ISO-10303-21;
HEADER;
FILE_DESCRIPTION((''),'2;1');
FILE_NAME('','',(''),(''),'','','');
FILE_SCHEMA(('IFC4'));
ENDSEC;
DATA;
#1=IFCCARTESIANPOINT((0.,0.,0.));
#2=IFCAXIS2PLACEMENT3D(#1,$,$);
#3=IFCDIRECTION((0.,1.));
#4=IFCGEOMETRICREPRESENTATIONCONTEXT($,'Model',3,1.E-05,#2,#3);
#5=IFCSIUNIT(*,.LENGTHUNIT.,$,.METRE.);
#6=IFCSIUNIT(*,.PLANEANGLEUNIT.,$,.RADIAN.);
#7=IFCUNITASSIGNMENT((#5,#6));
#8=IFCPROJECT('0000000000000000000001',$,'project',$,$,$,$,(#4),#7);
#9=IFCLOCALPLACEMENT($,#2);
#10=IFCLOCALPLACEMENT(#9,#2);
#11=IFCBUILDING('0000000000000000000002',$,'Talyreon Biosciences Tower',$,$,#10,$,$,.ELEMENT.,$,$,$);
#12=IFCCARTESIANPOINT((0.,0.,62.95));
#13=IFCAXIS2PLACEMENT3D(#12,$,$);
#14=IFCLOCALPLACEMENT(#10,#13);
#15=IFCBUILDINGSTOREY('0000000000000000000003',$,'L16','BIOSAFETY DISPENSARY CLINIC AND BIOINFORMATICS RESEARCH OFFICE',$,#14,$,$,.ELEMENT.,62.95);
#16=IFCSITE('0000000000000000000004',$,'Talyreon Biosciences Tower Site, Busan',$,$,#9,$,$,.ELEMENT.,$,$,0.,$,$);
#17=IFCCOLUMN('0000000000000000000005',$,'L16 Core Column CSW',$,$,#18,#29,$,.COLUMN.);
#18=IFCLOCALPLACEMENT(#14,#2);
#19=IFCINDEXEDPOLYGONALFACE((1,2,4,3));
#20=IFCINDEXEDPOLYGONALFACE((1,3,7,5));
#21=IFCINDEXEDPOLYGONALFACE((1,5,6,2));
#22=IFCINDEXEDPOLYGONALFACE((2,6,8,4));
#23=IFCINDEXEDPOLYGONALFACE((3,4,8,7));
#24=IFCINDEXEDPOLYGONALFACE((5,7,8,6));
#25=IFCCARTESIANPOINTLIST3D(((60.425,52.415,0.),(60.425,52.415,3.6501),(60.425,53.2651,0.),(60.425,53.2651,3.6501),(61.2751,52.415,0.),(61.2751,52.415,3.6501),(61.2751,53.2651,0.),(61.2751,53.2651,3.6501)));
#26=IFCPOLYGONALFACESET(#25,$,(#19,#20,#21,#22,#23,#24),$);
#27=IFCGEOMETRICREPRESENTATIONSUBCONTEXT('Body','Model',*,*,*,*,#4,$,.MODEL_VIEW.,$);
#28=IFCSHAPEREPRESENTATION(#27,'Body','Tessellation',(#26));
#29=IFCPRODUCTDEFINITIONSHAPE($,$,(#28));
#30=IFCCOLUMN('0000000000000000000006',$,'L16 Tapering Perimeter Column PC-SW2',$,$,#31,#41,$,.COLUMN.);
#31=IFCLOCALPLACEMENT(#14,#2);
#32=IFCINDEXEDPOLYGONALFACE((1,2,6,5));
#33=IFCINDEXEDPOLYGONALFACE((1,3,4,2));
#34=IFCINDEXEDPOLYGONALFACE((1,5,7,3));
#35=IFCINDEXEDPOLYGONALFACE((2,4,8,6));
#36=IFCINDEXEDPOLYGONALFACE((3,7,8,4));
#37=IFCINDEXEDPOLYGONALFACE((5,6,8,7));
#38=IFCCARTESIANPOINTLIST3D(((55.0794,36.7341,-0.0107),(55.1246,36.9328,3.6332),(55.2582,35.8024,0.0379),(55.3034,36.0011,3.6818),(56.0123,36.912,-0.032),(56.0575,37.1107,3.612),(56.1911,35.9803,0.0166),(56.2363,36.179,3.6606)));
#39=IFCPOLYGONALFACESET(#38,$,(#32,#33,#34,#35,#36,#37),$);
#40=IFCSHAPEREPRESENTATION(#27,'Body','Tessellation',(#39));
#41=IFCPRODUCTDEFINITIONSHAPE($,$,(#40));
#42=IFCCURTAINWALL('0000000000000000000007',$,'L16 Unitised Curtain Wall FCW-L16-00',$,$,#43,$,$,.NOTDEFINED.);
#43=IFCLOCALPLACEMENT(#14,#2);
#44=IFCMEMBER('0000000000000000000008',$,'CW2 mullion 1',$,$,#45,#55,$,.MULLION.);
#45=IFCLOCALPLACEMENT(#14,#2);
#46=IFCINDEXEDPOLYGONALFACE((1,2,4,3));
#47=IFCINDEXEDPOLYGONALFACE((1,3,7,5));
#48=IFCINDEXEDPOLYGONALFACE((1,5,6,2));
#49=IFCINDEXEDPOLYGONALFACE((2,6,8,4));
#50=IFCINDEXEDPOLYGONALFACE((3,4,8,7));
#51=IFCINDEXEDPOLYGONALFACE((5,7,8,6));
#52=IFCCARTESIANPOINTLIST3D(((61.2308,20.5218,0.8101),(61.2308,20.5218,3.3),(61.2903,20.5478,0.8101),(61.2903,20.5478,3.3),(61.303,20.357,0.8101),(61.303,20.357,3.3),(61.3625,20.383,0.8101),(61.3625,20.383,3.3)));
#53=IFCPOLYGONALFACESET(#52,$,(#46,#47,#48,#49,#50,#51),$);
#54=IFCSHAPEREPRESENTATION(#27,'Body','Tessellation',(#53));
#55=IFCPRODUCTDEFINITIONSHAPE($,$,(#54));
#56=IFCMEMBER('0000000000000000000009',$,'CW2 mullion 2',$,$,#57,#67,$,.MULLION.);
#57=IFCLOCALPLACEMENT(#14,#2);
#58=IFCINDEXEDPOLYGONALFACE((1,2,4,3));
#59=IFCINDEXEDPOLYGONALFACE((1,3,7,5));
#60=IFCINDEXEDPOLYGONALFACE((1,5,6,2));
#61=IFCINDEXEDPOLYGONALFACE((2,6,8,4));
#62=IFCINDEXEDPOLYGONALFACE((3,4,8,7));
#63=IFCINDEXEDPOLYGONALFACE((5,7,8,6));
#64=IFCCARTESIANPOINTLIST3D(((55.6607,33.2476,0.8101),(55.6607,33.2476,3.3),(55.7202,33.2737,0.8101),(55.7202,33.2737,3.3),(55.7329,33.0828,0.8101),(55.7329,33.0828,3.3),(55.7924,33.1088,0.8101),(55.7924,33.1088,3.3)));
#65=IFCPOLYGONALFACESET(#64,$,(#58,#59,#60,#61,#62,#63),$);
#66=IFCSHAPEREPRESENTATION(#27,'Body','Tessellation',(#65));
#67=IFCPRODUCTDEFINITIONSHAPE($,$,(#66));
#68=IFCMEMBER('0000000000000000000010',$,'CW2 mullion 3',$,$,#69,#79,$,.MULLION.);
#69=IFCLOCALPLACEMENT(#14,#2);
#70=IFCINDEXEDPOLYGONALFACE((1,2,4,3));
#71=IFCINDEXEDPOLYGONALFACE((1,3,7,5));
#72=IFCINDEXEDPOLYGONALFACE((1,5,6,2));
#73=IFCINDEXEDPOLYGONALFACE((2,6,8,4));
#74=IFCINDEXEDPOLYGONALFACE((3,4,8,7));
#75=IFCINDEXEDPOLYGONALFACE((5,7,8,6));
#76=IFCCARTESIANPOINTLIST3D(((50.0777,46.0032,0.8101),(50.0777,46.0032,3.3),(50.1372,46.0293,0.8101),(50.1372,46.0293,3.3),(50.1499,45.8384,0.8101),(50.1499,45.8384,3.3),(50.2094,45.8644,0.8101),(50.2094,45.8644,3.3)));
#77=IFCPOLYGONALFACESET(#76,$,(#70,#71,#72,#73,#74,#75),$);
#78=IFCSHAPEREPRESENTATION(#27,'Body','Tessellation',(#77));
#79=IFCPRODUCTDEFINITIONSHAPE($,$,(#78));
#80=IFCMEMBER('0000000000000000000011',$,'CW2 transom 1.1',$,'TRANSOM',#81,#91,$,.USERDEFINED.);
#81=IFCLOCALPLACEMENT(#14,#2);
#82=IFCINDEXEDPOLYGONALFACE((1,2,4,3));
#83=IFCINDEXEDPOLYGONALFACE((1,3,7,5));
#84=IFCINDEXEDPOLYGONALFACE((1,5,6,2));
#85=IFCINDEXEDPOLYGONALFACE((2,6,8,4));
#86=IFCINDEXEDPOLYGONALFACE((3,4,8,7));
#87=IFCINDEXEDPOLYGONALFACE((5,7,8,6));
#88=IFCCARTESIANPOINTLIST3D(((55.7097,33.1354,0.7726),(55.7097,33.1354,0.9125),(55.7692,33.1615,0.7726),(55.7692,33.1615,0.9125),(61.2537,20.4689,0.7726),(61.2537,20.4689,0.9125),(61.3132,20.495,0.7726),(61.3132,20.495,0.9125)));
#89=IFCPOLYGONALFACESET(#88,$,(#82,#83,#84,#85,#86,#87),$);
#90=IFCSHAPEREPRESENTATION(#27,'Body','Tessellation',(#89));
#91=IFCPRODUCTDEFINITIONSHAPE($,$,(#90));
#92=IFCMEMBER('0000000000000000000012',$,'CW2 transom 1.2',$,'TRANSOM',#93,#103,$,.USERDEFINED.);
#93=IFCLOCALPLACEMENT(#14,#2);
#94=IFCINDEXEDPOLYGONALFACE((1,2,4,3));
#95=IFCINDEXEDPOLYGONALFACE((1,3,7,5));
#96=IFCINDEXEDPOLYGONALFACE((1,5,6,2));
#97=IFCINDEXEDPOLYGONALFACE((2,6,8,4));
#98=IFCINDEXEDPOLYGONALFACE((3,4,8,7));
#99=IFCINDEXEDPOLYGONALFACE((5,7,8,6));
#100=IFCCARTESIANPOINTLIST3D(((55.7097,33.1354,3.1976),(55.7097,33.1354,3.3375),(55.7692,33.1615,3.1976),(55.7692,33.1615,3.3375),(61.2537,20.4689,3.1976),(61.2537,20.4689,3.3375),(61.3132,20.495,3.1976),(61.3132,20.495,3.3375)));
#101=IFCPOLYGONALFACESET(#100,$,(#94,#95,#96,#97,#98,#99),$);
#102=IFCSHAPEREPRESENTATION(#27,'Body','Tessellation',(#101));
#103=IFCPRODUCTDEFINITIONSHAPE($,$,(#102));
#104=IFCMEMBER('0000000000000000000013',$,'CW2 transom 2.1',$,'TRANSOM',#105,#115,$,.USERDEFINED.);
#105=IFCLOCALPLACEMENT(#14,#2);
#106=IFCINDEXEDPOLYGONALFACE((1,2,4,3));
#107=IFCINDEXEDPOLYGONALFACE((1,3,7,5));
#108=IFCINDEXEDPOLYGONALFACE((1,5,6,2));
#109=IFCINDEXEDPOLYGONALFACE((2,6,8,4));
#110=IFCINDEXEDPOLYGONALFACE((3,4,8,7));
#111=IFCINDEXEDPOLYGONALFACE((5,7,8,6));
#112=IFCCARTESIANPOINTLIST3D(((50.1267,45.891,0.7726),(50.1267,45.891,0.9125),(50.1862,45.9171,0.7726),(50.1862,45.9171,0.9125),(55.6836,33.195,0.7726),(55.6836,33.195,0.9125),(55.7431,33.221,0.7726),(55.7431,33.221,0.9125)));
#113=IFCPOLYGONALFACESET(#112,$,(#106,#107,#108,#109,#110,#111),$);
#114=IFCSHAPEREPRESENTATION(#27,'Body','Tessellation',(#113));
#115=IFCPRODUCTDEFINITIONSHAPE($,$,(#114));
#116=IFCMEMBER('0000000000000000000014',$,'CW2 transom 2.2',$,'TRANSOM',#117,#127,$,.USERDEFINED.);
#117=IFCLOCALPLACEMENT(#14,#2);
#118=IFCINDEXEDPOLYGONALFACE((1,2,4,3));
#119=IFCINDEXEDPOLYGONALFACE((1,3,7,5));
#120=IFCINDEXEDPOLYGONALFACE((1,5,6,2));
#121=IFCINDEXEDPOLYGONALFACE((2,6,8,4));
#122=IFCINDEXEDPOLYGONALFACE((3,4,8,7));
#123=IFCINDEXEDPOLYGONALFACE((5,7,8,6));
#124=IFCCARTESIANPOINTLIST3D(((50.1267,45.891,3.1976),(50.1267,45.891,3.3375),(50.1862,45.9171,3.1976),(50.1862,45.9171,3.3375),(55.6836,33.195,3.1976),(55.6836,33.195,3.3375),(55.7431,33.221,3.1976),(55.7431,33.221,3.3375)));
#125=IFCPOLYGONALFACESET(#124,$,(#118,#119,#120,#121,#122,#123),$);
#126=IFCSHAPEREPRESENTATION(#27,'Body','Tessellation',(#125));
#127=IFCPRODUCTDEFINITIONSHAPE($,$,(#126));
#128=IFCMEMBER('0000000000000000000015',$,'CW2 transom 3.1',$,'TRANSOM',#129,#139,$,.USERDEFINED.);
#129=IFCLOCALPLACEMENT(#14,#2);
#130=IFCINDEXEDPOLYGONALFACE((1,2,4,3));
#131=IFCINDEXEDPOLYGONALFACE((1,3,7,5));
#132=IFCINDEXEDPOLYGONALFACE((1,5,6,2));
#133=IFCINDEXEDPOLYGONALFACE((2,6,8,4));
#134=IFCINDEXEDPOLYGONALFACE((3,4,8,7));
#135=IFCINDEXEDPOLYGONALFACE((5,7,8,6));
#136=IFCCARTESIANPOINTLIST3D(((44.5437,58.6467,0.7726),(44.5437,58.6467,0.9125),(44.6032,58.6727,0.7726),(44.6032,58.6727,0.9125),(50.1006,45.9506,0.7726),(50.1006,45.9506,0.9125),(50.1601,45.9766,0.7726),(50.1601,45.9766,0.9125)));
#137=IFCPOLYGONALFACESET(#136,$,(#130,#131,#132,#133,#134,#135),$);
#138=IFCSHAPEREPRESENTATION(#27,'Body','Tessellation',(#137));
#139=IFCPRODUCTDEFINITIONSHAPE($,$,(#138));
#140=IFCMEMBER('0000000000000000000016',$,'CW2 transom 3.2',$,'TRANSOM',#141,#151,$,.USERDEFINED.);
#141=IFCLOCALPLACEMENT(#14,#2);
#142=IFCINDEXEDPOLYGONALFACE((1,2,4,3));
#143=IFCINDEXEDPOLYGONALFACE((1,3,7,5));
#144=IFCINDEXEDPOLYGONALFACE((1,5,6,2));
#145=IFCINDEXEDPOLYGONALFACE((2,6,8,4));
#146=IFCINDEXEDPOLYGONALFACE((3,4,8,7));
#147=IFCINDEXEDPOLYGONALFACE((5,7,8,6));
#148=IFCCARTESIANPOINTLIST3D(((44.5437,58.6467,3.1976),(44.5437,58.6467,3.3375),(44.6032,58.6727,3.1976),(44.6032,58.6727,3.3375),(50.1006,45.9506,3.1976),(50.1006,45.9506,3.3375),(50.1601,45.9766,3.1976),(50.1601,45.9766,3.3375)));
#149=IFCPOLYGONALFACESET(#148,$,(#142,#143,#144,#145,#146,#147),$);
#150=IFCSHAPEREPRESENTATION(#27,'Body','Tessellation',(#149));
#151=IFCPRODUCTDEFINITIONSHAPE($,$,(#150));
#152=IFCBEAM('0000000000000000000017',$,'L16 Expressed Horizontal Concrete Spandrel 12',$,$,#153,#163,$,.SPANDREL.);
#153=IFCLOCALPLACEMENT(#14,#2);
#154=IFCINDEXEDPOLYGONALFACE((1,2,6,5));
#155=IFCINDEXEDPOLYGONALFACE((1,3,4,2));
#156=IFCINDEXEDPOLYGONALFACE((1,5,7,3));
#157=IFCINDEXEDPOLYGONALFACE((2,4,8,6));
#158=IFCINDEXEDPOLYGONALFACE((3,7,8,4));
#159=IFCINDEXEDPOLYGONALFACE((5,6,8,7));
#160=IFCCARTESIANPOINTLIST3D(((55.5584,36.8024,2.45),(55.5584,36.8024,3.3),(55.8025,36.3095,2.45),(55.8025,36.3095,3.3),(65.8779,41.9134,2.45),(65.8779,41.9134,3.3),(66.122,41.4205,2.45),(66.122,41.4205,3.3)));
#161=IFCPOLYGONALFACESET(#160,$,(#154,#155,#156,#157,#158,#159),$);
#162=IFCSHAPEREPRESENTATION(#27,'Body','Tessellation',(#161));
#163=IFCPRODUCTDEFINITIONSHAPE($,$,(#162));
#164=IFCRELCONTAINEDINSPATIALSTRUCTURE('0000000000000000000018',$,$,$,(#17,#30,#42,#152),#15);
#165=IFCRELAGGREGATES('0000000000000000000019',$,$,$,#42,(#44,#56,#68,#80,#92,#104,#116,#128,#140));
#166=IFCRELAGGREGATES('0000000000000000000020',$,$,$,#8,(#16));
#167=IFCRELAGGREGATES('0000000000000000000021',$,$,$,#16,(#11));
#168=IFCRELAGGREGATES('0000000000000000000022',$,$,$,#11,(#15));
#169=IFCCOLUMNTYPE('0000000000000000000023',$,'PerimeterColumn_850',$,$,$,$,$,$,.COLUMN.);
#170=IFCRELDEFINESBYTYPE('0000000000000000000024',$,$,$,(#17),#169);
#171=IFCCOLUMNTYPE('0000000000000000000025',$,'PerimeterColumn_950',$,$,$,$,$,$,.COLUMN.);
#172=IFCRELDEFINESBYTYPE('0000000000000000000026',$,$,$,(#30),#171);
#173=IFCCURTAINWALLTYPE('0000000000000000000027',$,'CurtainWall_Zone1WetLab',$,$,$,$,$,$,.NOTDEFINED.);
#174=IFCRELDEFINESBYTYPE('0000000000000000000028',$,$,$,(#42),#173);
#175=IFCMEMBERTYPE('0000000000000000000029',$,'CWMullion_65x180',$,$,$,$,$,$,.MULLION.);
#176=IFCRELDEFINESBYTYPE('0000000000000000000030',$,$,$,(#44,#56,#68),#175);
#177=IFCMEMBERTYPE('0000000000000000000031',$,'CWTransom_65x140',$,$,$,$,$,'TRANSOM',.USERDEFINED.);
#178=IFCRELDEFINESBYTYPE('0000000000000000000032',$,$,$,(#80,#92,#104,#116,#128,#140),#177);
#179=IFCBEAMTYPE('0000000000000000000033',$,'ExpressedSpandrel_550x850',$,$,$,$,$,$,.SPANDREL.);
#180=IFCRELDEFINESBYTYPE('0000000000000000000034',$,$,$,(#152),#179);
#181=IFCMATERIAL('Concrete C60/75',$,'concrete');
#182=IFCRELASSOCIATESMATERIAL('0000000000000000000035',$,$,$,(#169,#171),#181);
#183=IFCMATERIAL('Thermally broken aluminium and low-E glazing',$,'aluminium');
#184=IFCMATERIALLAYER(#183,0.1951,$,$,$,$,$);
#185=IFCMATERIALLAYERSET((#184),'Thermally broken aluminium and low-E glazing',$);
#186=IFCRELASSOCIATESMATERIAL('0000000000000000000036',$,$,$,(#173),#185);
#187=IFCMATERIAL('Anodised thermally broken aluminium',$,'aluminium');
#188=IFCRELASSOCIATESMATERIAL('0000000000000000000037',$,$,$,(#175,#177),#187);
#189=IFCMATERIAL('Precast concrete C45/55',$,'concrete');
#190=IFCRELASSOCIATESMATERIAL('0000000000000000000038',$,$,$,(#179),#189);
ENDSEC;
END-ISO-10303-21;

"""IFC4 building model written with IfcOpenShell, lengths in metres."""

from ifc_helpers import new_model, si_unit, direction, frame, origin, origin_2d, place, context, subcontext, project, spatial, rectangle, extrude, material, layer, layer_set, material_profile, profile_set, type_object, element, aggregate, save


model = new_model("IFC4")

# Units and contexts
model_context = context("Model", 3, precision=1e-05, world=origin(), true_north=direction((0.0, 1.0)))
body_context = subcontext(model_context, "Body", "Model", "MODEL_VIEW")
ifc_project = project(units=[si_unit("LENGTHUNIT", "METRE"), si_unit("PLANEANGLEUNIT", "RADIAN")], contexts=[model_context])

# Site, building, storey
site_placement = place(None, origin())
site = spatial("IfcSite", under=ifc_project, at=site_placement, Name="Talyreon Biosciences Tower Site, Busan", CompositionType="ELEMENT", RefElevation=0.0)
building_placement = place(site_placement, origin())
building = spatial("IfcBuilding", under=site, at=building_placement, Name="Talyreon Biosciences Tower", CompositionType="ELEMENT")
storey_placement = place(building_placement, frame((0.0, 0.0, 62.95)))
storey = spatial("IfcBuildingStorey", under=building, at=storey_placement, Name="L16", Description="BIOSAFETY DISPENSARY CLINIC AND BIOINFORMATICS RESEARCH OFFICE", CompositionType="ELEMENT", Elevation=62.95)

# Columns
ifc_material_1 = material(Name="Concrete C60/75", Category="concrete")
ifc_material_profile_1 = material_profile(ifc_material_1, rectangle(XDim=0.8501, YDim=0.8501, at=origin_2d()), Name="RC 850x850")
ifc_profile_set_1 = profile_set([ifc_material_profile_1], Name="Concrete C60/75")
column_type_1 = type_object("IfcColumnType", Name="PerimeterColumn_850", PredefinedType="COLUMN", material=ifc_profile_set_1)
column_1_placement = place(storey_placement, frame((60.8501, 52.8401, 0.0), z_axis=(0.0, 0.0, 1.0), x_axis=(1.0, 0.0, 0.0)))
element("IfcColumn", 1, at=column_1_placement, inside=storey, type_object=column_type_1, Name="L16 Core Column CSW", PredefinedType="COLUMN", context=body_context, shape_type="SweptSolid", body=[
    extrude(rectangle(XDim=0.8501, YDim=0.8501, at=origin_2d()), origin(), (0.0, 0.0, 1.0), 3.6501),
])
ifc_material_profile_2 = material_profile(ifc_material_1, rectangle(XDim=0.95, YDim=0.95, at=origin_2d()), Name="RC 950x950")
ifc_profile_set_2 = profile_set([ifc_material_profile_2], Name="Concrete C60/75")
column_type_2 = type_object("IfcColumnType", Name="PerimeterColumn_950", PredefinedType="COLUMN", material=ifc_profile_set_2)
column_2_placement = place(storey_placement, frame((55.6353, 36.3572, 0.0029), z_axis=(0.012375, 0.054451, 0.99844), x_axis=(-0.188242, 0.98079, -0.051155)))
element("IfcColumn", 2, at=column_2_placement, inside=storey, type_object=column_type_2, Name="L16 Tapering Perimeter Column PC-SW2", PredefinedType="COLUMN", context=body_context, shape_type="SweptSolid", body=[
    extrude(rectangle(XDim=0.95, YDim=0.95, at=origin_2d()), origin(), (0.0, 0.0, 1.0), 3.6497),
])

# Curtain wall, members
ifc_material_2 = material(Name="Thermally broken aluminium and low-E glazing", Category="aluminium")
ifc_layer_1 = layer(ifc_material_2, 0.1951)
ifc_layer_set_1 = layer_set([ifc_layer_1], Name="Thermally broken aluminium and low-E glazing")
curtain_wall_type = type_object("IfcCurtainWallType", Name="CurtainWall_Zone1WetLab", PredefinedType="NOTDEFINED", material=ifc_layer_set_1)
curtain_wall_placement = place(storey_placement, origin())
curtain_wall = element("IfcCurtainWall", 3, at=curtain_wall_placement, inside=storey, type_object=curtain_wall_type, Name="L16 Unitised Curtain Wall FCW-L16-00", PredefinedType="NOTDEFINED")
ifc_material_3 = material(Name="Anodised thermally broken aluminium", Category="aluminium")
ifc_material_profile_3 = material_profile(ifc_material_3, rectangle(XDim=0.0649, YDim=0.1799, at=origin_2d()), Name="ALUM MULLION 65x180")
ifc_profile_set_3 = profile_set([ifc_material_profile_3], Name="Anodised thermally broken aluminium")
member_type_1 = type_object("IfcMemberType", Name="CWMullion_65x180", PredefinedType="MULLION", material=ifc_profile_set_3)
member_1_placement = place(storey_placement, frame((61.2966, 20.4524, 0.8101), z_axis=(0.0, 0.0, 1.0), x_axis=(-0.916092, -0.400968, 0.0)))
member_1 = element("IfcMember", 4, at=member_1_placement, type_object=member_type_1, Name="CW2 mullion 1", PredefinedType="MULLION", context=body_context, shape_type="SweptSolid", body=[
    extrude(rectangle(XDim=0.0649, YDim=0.1799, at=origin_2d()), origin(), (0.0, 0.0, 1.0), 2.49),
])
member_2_placement = place(storey_placement, frame((55.7266, 33.1782, 0.8101), z_axis=(0.0, 0.0, 1.0), x_axis=(-0.916092, -0.400968, 0.0)))
member_2 = element("IfcMember", 5, at=member_2_placement, type_object=member_type_1, Name="CW2 mullion 2", PredefinedType="MULLION", context=body_context, shape_type="SweptSolid", body=[
    extrude(rectangle(XDim=0.0649, YDim=0.1799, at=origin_2d()), origin(), (0.0, 0.0, 1.0), 2.49),
])
member_3_placement = place(storey_placement, frame((50.1436, 45.9338, 0.8101), z_axis=(0.0, 0.0, 1.0), x_axis=(-0.916092, -0.400968, 0.0)))
member_3 = element("IfcMember", 6, at=member_3_placement, type_object=member_type_1, Name="CW2 mullion 3", PredefinedType="MULLION", context=body_context, shape_type="SweptSolid", body=[
    extrude(rectangle(XDim=0.0649, YDim=0.1799, at=origin_2d()), origin(), (0.0, 0.0, 1.0), 2.49),
])
ifc_material_profile_4 = material_profile(ifc_material_3, rectangle(XDim=0.0649, YDim=0.1399, at=origin_2d()), Name="ALUM TRANSOM 65x140")
ifc_profile_set_4 = profile_set([ifc_material_profile_4], Name="Anodised thermally broken aluminium")
member_type_2 = type_object("IfcMemberType", Name="CWTransom_65x140", ElementType="TRANSOM", PredefinedType="USERDEFINED", material=ifc_profile_set_4)
member_4_placement = place(storey_placement, frame((61.2834, 20.4819, 0.8425), z_axis=(-0.400961, 0.916095, 0.0), x_axis=(-0.916095, -0.400961, 0.0)))
member_4 = element("IfcMember", 7, at=member_4_placement, type_object=member_type_2, Name="CW2 transom 1.1", ObjectType="TRANSOM", PredefinedType="USERDEFINED", context=body_context, shape_type="SweptSolid", body=[
    extrude(rectangle(XDim=0.0649, YDim=0.1399, at=origin_2d()), origin(), (0.0, 0.0, 1.0), 13.8267),
])
member_5_placement = place(storey_placement, frame((61.2834, 20.4819, 3.2676), z_axis=(-0.400961, 0.916095, 0.0), x_axis=(-0.916095, -0.400961, 0.0)))
member_5 = element("IfcMember", 8, at=member_5_placement, type_object=member_type_2, Name="CW2 transom 1.2", ObjectType="TRANSOM", PredefinedType="USERDEFINED", context=body_context, shape_type="SweptSolid", body=[
    extrude(rectangle(XDim=0.0649, YDim=0.1399, at=origin_2d()), origin(), (0.0, 0.0, 1.0), 13.8267),
])
member_6_placement = place(storey_placement, frame((55.7134, 33.208, 0.8425), z_axis=(-0.400962, 0.916095, 0.0), x_axis=(-0.916095, -0.400962, 0.0)))
member_6 = element("IfcMember", 9, at=member_6_placement, type_object=member_type_2, Name="CW2 transom 2.1", ObjectType="TRANSOM", PredefinedType="USERDEFINED", context=body_context, shape_type="SweptSolid", body=[
    extrude(rectangle(XDim=0.0649, YDim=0.1399, at=origin_2d()), origin(), (0.0, 0.0, 1.0), 13.8589),
])
member_7_placement = place(storey_placement, frame((55.7134, 33.208, 3.2676), z_axis=(-0.400962, 0.916095, 0.0), x_axis=(-0.916095, -0.400962, 0.0)))
member_7 = element("IfcMember", 10, at=member_7_placement, type_object=member_type_2, Name="CW2 transom 2.2", ObjectType="TRANSOM", PredefinedType="USERDEFINED", context=body_context, shape_type="SweptSolid", body=[
    extrude(rectangle(XDim=0.0649, YDim=0.1399, at=origin_2d()), origin(), (0.0, 0.0, 1.0), 13.8589),
])
member_8_placement = place(storey_placement, frame((50.1304, 45.9636, 0.8425), z_axis=(-0.400962, 0.916095, 0.0), x_axis=(-0.916095, -0.400962, 0.0)))
member_8 = element("IfcMember", 11, at=member_8_placement, type_object=member_type_2, Name="CW2 transom 3.1", ObjectType="TRANSOM", PredefinedType="USERDEFINED", context=body_context, shape_type="SweptSolid", body=[
    extrude(rectangle(XDim=0.0649, YDim=0.1399, at=origin_2d()), origin(), (0.0, 0.0, 1.0), 13.8589),
])
member_9_placement = place(storey_placement, frame((50.1304, 45.9636, 3.2676), z_axis=(-0.400962, 0.916095, 0.0), x_axis=(-0.916095, -0.400962, 0.0)))
member_9 = element("IfcMember", 12, at=member_9_placement, type_object=member_type_2, Name="CW2 transom 3.2", ObjectType="TRANSOM", PredefinedType="USERDEFINED", context=body_context, shape_type="SweptSolid", body=[
    extrude(rectangle(XDim=0.0649, YDim=0.1399, at=origin_2d()), origin(), (0.0, 0.0, 1.0), 13.8589),
])

# Beam
ifc_material_4 = material(Name="Precast concrete C45/55", Category="concrete")
ifc_material_profile_5 = material_profile(ifc_material_4, rectangle(XDim=0.55, YDim=0.8501, at=origin_2d()), Name="RCB 550x850")
ifc_profile_set_5 = profile_set([ifc_material_profile_5], Name="Precast concrete C45/55")
beam_type_1 = type_object("IfcBeamType", Name="ExpressedSpandrel_550x850", PredefinedType="SPANDREL", material=ifc_profile_set_5)
beam_1_placement = place(storey_placement, frame((55.6804, 36.5559, 2.875), z_axis=(0.896113, 0.443827, 0.0), x_axis=(-0.443827, 0.896113, 0.0)))
element("IfcBeam", 13, at=beam_1_placement, inside=storey, type_object=beam_type_1, Name="L16 Expressed Horizontal Concrete Spandrel 12", PredefinedType="SPANDREL", context=body_context, shape_type="SweptSolid", body=[
    extrude(rectangle(XDim=0.55, YDim=0.8501, at=origin_2d()), origin(), (0.0, 0.0, 1.0), 11.5159),
])

aggregate(curtain_wall, [member_1, member_2, member_3, member_4, member_5, member_6, member_7, member_8, member_9])

save(model, "model.ifc")
